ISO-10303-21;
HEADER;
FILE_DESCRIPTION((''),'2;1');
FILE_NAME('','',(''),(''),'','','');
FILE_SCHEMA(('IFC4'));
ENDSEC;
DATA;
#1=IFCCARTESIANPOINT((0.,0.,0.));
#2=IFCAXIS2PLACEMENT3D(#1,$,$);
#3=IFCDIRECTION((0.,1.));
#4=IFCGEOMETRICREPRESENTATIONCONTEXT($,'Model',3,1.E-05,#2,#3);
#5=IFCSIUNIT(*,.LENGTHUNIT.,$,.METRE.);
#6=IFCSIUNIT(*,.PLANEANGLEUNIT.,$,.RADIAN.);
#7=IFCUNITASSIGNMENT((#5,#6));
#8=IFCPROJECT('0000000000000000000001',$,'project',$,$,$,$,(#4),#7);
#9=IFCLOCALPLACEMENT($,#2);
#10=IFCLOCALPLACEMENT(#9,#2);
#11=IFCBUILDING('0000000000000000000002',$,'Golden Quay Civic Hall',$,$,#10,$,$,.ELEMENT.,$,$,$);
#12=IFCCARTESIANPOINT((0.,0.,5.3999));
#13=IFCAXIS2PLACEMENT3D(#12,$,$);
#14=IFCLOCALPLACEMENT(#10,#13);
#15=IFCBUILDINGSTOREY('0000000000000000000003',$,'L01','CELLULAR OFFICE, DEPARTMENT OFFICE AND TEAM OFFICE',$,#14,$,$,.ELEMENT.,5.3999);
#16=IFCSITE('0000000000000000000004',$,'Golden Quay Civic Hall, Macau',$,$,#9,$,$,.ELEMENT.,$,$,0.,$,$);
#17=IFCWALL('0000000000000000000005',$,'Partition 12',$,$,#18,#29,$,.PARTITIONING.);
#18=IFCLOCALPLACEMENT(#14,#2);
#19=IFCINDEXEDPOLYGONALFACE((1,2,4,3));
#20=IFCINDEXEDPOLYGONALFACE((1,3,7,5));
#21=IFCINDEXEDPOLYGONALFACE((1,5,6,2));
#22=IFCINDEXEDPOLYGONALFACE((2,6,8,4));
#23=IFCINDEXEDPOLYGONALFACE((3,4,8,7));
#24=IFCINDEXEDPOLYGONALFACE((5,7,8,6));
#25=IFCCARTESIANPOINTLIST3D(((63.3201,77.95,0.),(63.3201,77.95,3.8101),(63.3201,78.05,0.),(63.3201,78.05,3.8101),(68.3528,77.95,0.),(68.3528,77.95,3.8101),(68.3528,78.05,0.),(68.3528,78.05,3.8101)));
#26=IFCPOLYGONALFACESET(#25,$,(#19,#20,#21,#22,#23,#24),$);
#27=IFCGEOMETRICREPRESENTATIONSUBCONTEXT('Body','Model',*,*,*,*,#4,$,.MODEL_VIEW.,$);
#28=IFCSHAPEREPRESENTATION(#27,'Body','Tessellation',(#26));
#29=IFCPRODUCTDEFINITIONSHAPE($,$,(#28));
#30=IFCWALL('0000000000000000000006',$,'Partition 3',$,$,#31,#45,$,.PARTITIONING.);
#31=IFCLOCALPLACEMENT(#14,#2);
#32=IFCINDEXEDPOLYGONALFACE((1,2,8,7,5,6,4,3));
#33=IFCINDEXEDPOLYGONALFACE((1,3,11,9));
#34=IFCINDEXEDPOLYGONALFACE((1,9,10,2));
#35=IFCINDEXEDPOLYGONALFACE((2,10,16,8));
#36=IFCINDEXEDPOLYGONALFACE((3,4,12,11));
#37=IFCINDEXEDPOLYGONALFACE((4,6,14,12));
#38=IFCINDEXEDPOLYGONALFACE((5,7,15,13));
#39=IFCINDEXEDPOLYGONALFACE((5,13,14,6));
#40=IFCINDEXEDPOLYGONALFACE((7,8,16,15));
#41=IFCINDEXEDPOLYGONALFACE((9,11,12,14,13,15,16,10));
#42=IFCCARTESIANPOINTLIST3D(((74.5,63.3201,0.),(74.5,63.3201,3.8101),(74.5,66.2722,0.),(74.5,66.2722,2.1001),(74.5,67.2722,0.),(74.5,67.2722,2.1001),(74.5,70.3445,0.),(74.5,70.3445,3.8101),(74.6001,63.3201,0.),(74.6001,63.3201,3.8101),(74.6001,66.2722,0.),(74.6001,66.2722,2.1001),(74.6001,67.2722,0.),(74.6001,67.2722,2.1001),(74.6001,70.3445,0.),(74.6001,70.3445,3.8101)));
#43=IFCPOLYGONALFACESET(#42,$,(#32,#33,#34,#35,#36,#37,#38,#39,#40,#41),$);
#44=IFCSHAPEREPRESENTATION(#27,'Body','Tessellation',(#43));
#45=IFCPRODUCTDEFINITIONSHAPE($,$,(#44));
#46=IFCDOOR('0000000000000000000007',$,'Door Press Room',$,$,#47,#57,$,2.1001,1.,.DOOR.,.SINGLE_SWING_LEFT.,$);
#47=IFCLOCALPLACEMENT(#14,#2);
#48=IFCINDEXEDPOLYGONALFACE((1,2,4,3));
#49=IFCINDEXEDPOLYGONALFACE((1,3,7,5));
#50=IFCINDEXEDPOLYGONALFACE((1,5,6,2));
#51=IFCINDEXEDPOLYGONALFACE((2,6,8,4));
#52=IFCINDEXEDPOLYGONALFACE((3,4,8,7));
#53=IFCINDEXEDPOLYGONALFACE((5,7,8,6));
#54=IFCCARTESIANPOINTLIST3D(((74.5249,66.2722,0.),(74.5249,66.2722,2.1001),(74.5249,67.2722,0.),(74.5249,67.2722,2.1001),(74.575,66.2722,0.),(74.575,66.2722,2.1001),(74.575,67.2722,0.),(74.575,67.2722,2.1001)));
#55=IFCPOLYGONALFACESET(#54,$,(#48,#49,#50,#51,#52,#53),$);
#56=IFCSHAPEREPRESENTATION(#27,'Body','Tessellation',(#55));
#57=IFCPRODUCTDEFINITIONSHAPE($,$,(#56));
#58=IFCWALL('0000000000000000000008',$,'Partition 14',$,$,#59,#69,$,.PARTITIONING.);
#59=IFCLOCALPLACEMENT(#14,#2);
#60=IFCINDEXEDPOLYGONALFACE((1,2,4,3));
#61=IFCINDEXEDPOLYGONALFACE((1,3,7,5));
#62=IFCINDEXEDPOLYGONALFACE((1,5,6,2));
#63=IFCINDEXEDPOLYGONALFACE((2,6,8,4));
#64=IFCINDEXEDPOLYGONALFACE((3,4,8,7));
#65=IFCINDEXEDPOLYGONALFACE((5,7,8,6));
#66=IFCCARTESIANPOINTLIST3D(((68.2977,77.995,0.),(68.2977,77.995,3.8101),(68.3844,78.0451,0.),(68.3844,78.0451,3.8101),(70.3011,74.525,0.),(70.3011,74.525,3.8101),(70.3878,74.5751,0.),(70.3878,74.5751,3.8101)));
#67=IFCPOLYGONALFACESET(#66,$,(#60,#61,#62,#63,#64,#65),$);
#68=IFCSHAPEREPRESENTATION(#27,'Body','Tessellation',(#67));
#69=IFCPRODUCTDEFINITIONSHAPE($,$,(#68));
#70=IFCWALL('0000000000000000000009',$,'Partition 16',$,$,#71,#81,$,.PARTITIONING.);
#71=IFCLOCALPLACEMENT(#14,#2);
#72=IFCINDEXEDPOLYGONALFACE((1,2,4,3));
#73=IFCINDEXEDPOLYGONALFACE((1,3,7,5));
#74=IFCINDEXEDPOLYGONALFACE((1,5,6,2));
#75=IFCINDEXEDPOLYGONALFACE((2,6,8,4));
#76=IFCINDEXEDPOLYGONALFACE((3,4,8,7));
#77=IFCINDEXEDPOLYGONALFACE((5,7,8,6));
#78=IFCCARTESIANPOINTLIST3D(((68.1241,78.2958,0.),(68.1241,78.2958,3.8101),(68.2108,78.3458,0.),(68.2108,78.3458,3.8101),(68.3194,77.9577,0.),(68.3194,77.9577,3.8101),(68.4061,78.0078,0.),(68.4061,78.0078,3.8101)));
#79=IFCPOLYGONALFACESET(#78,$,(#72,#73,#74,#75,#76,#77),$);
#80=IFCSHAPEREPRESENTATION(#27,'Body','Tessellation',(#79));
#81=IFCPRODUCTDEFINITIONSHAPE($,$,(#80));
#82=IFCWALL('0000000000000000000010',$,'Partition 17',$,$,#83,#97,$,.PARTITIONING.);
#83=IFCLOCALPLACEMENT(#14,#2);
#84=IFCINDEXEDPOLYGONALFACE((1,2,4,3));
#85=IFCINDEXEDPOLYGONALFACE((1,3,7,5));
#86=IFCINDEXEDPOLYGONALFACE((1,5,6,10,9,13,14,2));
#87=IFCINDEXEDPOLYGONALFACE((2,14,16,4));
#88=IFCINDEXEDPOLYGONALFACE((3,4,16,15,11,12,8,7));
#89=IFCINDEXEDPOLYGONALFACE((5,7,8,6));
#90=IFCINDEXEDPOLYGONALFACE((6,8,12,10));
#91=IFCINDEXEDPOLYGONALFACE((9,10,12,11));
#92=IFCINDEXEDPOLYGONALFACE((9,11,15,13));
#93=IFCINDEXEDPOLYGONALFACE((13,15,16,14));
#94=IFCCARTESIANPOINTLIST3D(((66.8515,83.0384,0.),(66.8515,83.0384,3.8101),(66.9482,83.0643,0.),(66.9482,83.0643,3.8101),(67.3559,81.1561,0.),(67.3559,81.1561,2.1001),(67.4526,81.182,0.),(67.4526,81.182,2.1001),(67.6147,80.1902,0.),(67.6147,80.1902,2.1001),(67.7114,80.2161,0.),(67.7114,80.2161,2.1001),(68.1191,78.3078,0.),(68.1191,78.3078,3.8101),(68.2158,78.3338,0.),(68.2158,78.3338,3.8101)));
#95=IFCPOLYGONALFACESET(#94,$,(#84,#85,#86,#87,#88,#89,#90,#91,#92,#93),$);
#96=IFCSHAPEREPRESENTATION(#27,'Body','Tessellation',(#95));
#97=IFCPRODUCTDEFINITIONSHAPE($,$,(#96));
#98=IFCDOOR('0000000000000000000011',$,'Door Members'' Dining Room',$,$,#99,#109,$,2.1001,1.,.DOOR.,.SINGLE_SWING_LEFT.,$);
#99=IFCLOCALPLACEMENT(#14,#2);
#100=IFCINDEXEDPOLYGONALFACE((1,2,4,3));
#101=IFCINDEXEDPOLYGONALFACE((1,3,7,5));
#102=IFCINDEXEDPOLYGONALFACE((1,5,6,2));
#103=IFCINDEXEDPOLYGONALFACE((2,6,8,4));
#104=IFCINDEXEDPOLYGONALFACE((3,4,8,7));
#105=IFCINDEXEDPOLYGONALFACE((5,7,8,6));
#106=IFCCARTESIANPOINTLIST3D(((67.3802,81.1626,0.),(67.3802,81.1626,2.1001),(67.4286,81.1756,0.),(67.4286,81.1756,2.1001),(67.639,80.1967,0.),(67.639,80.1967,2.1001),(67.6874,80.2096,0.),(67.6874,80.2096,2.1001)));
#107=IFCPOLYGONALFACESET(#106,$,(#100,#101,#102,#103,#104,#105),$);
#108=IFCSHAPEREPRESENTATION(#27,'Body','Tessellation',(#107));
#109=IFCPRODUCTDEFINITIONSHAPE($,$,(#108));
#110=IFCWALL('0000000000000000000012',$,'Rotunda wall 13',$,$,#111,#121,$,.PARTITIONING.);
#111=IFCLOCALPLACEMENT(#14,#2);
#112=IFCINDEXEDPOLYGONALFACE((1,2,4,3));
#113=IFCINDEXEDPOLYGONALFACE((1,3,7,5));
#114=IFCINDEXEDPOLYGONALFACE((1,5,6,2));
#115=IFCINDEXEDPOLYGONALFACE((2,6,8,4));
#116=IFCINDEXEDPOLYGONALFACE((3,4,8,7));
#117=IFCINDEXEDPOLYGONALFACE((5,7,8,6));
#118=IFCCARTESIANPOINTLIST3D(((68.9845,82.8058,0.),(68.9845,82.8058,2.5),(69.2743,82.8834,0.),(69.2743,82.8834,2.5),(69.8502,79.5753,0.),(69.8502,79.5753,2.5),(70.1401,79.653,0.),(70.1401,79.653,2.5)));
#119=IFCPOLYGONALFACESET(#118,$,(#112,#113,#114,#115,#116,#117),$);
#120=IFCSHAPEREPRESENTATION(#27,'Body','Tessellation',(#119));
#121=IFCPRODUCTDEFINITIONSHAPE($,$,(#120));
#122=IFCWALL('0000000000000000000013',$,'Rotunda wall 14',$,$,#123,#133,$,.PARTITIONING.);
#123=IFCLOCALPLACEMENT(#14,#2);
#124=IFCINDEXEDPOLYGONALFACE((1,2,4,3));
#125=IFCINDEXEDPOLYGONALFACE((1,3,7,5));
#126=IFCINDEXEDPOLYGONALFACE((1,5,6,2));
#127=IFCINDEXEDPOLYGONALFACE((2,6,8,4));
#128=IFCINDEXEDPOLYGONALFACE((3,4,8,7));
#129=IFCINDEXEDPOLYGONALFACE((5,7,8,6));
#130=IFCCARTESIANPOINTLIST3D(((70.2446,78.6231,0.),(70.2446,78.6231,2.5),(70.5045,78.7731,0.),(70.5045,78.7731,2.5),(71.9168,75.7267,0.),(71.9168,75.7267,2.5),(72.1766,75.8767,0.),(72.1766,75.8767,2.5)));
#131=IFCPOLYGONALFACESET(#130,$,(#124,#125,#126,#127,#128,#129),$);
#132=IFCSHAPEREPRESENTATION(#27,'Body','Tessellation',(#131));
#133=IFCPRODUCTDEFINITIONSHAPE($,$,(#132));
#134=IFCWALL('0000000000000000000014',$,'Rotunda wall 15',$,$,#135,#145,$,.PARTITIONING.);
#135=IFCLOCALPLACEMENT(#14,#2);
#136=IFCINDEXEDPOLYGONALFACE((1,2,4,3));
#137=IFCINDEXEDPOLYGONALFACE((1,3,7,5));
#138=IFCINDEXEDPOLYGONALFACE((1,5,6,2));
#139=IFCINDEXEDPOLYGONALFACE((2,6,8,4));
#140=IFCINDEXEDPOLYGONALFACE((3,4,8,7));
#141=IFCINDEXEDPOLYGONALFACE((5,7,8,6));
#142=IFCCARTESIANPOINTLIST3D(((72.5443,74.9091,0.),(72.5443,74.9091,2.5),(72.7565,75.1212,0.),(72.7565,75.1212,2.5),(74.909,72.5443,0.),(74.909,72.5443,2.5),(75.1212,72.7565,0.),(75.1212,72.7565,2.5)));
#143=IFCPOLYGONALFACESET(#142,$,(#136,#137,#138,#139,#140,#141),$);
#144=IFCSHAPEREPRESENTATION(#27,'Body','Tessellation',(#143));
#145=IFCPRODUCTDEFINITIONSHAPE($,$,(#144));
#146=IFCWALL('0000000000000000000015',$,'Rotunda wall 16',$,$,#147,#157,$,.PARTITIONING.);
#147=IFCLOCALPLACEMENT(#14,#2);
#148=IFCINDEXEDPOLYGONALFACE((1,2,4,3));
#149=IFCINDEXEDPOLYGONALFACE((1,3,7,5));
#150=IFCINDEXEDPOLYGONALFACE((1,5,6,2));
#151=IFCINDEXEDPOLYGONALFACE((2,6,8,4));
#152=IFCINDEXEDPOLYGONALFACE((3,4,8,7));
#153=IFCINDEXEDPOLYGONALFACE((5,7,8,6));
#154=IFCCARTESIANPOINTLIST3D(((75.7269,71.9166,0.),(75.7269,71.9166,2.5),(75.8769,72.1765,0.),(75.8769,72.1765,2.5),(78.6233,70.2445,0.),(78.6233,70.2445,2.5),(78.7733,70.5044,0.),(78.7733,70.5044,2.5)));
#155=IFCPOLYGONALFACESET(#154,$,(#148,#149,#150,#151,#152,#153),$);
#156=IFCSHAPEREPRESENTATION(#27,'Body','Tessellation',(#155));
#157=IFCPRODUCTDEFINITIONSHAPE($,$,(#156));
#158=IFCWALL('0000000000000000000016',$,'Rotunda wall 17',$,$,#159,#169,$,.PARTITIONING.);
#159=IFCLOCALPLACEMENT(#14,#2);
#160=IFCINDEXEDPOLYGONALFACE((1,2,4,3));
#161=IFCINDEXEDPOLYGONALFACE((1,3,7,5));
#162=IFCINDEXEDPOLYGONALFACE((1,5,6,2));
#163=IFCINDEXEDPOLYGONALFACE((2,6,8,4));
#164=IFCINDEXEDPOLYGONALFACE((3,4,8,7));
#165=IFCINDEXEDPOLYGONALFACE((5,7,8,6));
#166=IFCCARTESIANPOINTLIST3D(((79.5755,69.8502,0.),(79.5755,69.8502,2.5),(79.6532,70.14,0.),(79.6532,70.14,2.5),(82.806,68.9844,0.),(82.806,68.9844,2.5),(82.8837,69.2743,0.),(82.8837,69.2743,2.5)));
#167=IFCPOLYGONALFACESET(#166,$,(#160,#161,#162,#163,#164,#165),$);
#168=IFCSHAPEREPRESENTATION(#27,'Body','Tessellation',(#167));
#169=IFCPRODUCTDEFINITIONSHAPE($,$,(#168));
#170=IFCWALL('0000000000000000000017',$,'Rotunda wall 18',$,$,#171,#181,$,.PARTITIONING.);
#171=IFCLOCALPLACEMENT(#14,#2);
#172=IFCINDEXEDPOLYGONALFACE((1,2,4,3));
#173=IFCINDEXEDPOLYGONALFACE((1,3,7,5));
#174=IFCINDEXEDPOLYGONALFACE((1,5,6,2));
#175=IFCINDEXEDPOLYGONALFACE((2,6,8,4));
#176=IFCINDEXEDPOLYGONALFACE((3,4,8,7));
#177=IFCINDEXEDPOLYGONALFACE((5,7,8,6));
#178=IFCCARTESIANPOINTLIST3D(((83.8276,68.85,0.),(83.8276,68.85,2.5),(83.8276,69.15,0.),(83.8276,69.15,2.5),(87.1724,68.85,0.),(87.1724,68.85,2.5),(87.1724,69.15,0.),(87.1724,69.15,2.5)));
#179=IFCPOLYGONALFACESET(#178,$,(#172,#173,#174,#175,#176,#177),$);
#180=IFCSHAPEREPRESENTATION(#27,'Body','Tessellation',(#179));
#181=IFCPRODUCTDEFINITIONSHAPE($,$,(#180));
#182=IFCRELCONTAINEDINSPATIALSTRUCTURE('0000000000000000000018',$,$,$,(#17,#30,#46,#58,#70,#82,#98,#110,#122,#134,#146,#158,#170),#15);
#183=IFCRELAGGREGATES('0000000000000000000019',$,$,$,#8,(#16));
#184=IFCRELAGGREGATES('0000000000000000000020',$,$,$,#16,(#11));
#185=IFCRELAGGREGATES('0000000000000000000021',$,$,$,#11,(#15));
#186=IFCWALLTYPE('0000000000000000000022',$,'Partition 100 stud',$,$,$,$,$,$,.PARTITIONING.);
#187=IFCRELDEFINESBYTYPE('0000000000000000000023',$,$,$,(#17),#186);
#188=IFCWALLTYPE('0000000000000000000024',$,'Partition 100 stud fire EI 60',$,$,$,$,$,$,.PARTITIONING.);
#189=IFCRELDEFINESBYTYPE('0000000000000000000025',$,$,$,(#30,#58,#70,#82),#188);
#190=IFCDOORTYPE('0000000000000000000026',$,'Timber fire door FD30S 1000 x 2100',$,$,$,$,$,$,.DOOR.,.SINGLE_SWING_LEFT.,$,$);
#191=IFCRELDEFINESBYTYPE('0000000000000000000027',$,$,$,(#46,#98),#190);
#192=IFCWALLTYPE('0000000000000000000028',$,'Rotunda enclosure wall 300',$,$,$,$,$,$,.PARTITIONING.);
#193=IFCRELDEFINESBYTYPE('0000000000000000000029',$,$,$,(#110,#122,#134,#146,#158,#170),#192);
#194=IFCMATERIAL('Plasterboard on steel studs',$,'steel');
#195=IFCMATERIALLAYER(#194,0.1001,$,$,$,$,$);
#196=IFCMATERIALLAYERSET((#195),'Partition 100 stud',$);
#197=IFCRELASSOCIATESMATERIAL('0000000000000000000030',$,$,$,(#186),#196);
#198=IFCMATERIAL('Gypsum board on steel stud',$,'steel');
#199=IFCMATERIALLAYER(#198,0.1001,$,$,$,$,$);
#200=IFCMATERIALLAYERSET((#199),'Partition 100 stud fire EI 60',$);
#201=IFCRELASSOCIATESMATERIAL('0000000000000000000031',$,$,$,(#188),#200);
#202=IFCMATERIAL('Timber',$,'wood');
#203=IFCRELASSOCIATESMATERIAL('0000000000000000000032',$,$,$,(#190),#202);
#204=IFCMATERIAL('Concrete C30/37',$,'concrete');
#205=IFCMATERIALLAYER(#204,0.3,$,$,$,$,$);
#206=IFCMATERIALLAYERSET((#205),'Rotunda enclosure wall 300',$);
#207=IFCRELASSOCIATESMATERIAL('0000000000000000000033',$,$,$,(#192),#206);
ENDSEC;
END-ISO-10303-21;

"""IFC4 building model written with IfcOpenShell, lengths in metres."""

from ifc_helpers import new_model, si_unit, direction, frame, frame_2d, origin, place, context, subcontext, project, spatial, rectangle, extrude, material, layer, layer_set, type_object, element, fill, save


model = new_model("IFC4")

# Units and contexts
model_context = context("Model", 3, precision=1e-05, world=origin(), true_north=direction((0.0, 1.0)))
body_context = subcontext(model_context, "Body", "Model", "MODEL_VIEW")
ifc_project = project(units=[si_unit("LENGTHUNIT", "METRE"), si_unit("PLANEANGLEUNIT", "RADIAN")], contexts=[model_context])

# Site, building, storey
site_placement = place(None, origin())
site = spatial("IfcSite", under=ifc_project, at=site_placement, Name="Golden Quay Civic Hall, Macau", CompositionType="ELEMENT", RefElevation=0.0)
building_placement = place(site_placement, origin())
building = spatial("IfcBuilding", under=site, at=building_placement, Name="Golden Quay Civic Hall", CompositionType="ELEMENT")
storey_placement = place(building_placement, frame((0.0, 0.0, 5.3999)))
storey = spatial("IfcBuildingStorey", under=building, at=storey_placement, Name="L01", Description="CELLULAR OFFICE, DEPARTMENT OFFICE AND TEAM OFFICE", CompositionType="ELEMENT", Elevation=5.3999)

# Wall
ifc_material_1 = material(Name="Plasterboard on steel studs", Category="steel")
ifc_layer_1 = layer(ifc_material_1, 0.1001)
ifc_layer_set_1 = layer_set([ifc_layer_1], Name="Partition 100 stud")
wall_type_1 = type_object("IfcWallType", Name="Partition 100 stud", PredefinedType="PARTITIONING", material=ifc_layer_set_1)
wall_1_placement = place(storey_placement, frame((68.3528, 78.0, 0.0), z_axis=(0.0, 0.0, 1.0), x_axis=(-1.0, 0.0, 0.0)))
element("IfcWall", 1, at=wall_1_placement, inside=storey, type_object=wall_type_1, Name="Partition 12", PredefinedType="PARTITIONING", context=body_context, shape_type="SweptSolid", body=[
    extrude(rectangle(XDim=5.0327, YDim=0.1001, at=frame_2d((2.5164, 0.0))), origin(), (0.0, 0.0, 1.0), 3.8101),
])

# Wall, opening, door
ifc_material_2 = material(Name="Gypsum board on steel stud", Category="steel")
ifc_layer_2 = layer(ifc_material_2, 0.1001)
ifc_layer_set_2 = layer_set([ifc_layer_2], Name="Partition 100 stud fire EI 60")
wall_type_2 = type_object("IfcWallType", Name="Partition 100 stud fire EI 60", PredefinedType="PARTITIONING", material=ifc_layer_set_2)
wall_2_placement = place(storey_placement, frame((74.55, 70.3445, 0.0), z_axis=(0.0, 0.0, 1.0), x_axis=(0.0, -1.0, 0.0)))
wall_2 = element("IfcWall", 2, at=wall_2_placement, inside=storey, type_object=wall_type_2, Name="Partition 3", PredefinedType="PARTITIONING", context=body_context, shape_type="SweptSolid", body=[
    extrude(rectangle(XDim=7.0244, YDim=0.1001, at=frame_2d((3.5122, 0.0))), origin(), (0.0, 0.0, 1.0), 3.8101),
])
opening_1_placement = place(wall_2_placement, frame((3.0723, 0.0, 0.0)))
opening_1 = element("IfcOpeningElement", 3, at=opening_1_placement, cuts=wall_2, PredefinedType="OPENING", context=body_context, shape_type="SweptSolid", body=[
    extrude(rectangle(XDim=1.0, YDim=2.1001, at=frame_2d((0.5, 1.05))), frame((0.0, 0.0601, 0.0), z_axis=(0.0, -1.0, 0.0), x_axis=(1.0, 0.0, 0.0)), (0.0, 0.0, 1.0), 0.1201),
])
ifc_material_3 = material(Name="Timber", Category="wood")
door_type = type_object("IfcDoorType", Name="Timber fire door FD30S 1000 x 2100", OperationType="SINGLE_SWING_LEFT", PredefinedType="DOOR", material=ifc_material_3)
door_1_placement = place(opening_1_placement, origin())
door_1 = element("IfcDoor", 4, at=door_1_placement, inside=storey, type_object=door_type, Name="Door Press Room", OperationType="SINGLE_SWING_LEFT", OverallHeight=2.1001, OverallWidth=1.0, PredefinedType="DOOR", context=body_context, shape_type="SweptSolid", body=[
    extrude(rectangle(XDim=1.0, YDim=2.1001, at=frame_2d((0.5, 1.05))), frame((0.0, 0.0249, 0.0), z_axis=(0.0, -1.0, 0.0), x_axis=(1.0, 0.0, 0.0)), (0.0, 0.0, 1.0), 0.05),
])
fill(opening_1, door_1)

# Walls
wall_3_placement = place(storey_placement, frame((70.3445, 74.55, 0.0), z_axis=(0.0, 0.0, 1.0), x_axis=(-0.500006, 0.866022, 0.0)))
element("IfcWall", 5, at=wall_3_placement, inside=storey, type_object=wall_type_2, Name="Partition 14", PredefinedType="PARTITIONING", context=body_context, shape_type="SweptSolid", body=[
    extrude(rectangle(XDim=4.0068, YDim=0.1001, at=frame_2d((2.0034, 0.0))), origin(), (0.0, 0.0, 1.0), 3.8101),
])
wall_4_placement = place(storey_placement, frame((68.3628, 77.9827, 0.0), z_axis=(0.0, 0.0, 1.0), x_axis=(-0.500173, 0.865925, 0.0)))
element("IfcWall", 6, at=wall_4_placement, inside=storey, type_object=wall_type_2, Name="Partition 16", PredefinedType="PARTITIONING", context=body_context, shape_type="SweptSolid", body=[
    extrude(rectangle(XDim=0.3904, YDim=0.1001, at=frame_2d((0.1953, 0.0))), origin(), (0.0, 0.0, 1.0), 3.8101),
])

# Wall, opening, door
wall_5_placement = place(storey_placement, frame((68.1675, 78.3208, 0.0), z_axis=(0.0, 0.0, 1.0), x_axis=(-0.258829, 0.965923, 0.0)))
wall_5 = element("IfcWall", 7, at=wall_5_placement, inside=storey, type_object=wall_type_2, Name="Partition 17", PredefinedType="PARTITIONING", context=body_context, shape_type="SweptSolid", body=[
    extrude(rectangle(XDim=4.8975, YDim=0.1001, at=frame_2d((2.4487, 0.0))), origin(), (0.0, 0.0, 1.0), 3.8101),
])
opening_2_placement = place(wall_5_placement, frame((1.9487, 0.0, 0.0)))
opening_2 = element("IfcOpeningElement", 8, at=opening_2_placement, cuts=wall_5, PredefinedType="OPENING", context=body_context, shape_type="SweptSolid", body=[
    extrude(rectangle(XDim=1.0, YDim=2.1001, at=frame_2d((0.5, 1.05))), frame((0.0, 0.0601, 0.0), z_axis=(0.0, -1.0, 0.0), x_axis=(1.0, 0.0, 0.0)), (0.0, 0.0, 1.0), 0.1201),
])
door_2_placement = place(opening_2_placement, origin())
door_2 = element("IfcDoor", 9, at=door_2_placement, inside=storey, type_object=door_type, Name="Door Members' Dining Room", OperationType="SINGLE_SWING_LEFT", OverallHeight=2.1001, OverallWidth=1.0, PredefinedType="DOOR", context=body_context, shape_type="SweptSolid", body=[
    extrude(rectangle(XDim=1.0, YDim=2.1001, at=frame_2d((0.5, 1.05))), frame((0.0, 0.0249, 0.0), z_axis=(0.0, -1.0, 0.0), x_axis=(1.0, 0.0, 0.0)), (0.0, 0.0, 1.0), 0.05),
])
fill(opening_2, door_2)

# Walls
ifc_material_4 = material(Name="Concrete C30/37", Category="concrete")
ifc_layer_3 = layer(ifc_material_4, 0.3)
ifc_layer_set_3 = layer_set([ifc_layer_3], Name="Rotunda enclosure wall 300")
wall_type_3 = type_object("IfcWallType", Name="Rotunda enclosure wall 300", PredefinedType="PARTITIONING", material=ifc_layer_set_3)
for number, where, z_axis, x_axis, name in (
    (10, (69.1294, 82.8447, 0.0), (0.0, 0.0, 1.0), (0.258853, -0.965917, 0.0), "Rotunda wall 13"),
    (11, (70.3745, 78.6982, 0.0), (0.0, 0.0, 1.0), (0.499963, -0.866047, 0.0), "Rotunda wall 14"),
):
    element("IfcWall", number, at=place(storey_placement, frame(where, z_axis=z_axis, x_axis=x_axis)), inside=storey, type_object=wall_type_3, Name=name, PredefinedType="PARTITIONING", context=body_context, shape_type="SweptSolid", body=[
        extrude(rectangle(XDim=3.3445, YDim=0.3, at=frame_2d((1.6724, 0.0))), origin(), (0.0, 0.0, 1.0), 2.5),
    ])
wall_6_placement = place(storey_placement, frame((72.6504, 75.0151, 0.0), z_axis=(0.0, 0.0, 1.0), x_axis=(0.707107, -0.707107, 0.0)))
element("IfcWall", 12, at=wall_6_placement, inside=storey, type_object=wall_type_3, Name="Rotunda wall 15", PredefinedType="PARTITIONING", context=body_context, shape_type="SweptSolid", body=[
    extrude(rectangle(XDim=3.3442, YDim=0.3, at=frame_2d((1.6721, 0.0))), origin(), (0.0, 0.0, 1.0), 2.5),
])
for number, where, z_axis, x_axis, name in (
    (13, (75.8018, 72.0466, 0.0), (0.0, 0.0, 1.0), (0.866047, -0.499963, 0.0), "Rotunda wall 16"),
    (14, (79.6143, 69.9951, 0.0), (0.0, 0.0, 1.0), (0.965917, -0.258853, 0.0), "Rotunda wall 17"),
):
    element("IfcWall", number, at=place(storey_placement, frame(where, z_axis=z_axis, x_axis=x_axis)), inside=storey, type_object=wall_type_3, Name=name, PredefinedType="PARTITIONING", context=body_context, shape_type="SweptSolid", body=[
        extrude(rectangle(XDim=3.3445, YDim=0.3, at=frame_2d((1.6724, 0.0))), origin(), (0.0, 0.0, 1.0), 2.5),
    ])
wall_7_placement = place(storey_placement, frame((83.8276, 69.0, 0.0), z_axis=(0.0, 0.0, 1.0), x_axis=(1.0, 0.0, 0.0)))
element("IfcWall", 15, at=wall_7_placement, inside=storey, type_object=wall_type_3, Name="Rotunda wall 18", PredefinedType="PARTITIONING", context=body_context, shape_type="SweptSolid", body=[
    extrude(rectangle(XDim=3.3447, YDim=0.3, at=frame_2d((1.6724, 0.0))), origin(), (0.0, 0.0, 1.0), 2.5),
])

save(model, "model.ifc")
